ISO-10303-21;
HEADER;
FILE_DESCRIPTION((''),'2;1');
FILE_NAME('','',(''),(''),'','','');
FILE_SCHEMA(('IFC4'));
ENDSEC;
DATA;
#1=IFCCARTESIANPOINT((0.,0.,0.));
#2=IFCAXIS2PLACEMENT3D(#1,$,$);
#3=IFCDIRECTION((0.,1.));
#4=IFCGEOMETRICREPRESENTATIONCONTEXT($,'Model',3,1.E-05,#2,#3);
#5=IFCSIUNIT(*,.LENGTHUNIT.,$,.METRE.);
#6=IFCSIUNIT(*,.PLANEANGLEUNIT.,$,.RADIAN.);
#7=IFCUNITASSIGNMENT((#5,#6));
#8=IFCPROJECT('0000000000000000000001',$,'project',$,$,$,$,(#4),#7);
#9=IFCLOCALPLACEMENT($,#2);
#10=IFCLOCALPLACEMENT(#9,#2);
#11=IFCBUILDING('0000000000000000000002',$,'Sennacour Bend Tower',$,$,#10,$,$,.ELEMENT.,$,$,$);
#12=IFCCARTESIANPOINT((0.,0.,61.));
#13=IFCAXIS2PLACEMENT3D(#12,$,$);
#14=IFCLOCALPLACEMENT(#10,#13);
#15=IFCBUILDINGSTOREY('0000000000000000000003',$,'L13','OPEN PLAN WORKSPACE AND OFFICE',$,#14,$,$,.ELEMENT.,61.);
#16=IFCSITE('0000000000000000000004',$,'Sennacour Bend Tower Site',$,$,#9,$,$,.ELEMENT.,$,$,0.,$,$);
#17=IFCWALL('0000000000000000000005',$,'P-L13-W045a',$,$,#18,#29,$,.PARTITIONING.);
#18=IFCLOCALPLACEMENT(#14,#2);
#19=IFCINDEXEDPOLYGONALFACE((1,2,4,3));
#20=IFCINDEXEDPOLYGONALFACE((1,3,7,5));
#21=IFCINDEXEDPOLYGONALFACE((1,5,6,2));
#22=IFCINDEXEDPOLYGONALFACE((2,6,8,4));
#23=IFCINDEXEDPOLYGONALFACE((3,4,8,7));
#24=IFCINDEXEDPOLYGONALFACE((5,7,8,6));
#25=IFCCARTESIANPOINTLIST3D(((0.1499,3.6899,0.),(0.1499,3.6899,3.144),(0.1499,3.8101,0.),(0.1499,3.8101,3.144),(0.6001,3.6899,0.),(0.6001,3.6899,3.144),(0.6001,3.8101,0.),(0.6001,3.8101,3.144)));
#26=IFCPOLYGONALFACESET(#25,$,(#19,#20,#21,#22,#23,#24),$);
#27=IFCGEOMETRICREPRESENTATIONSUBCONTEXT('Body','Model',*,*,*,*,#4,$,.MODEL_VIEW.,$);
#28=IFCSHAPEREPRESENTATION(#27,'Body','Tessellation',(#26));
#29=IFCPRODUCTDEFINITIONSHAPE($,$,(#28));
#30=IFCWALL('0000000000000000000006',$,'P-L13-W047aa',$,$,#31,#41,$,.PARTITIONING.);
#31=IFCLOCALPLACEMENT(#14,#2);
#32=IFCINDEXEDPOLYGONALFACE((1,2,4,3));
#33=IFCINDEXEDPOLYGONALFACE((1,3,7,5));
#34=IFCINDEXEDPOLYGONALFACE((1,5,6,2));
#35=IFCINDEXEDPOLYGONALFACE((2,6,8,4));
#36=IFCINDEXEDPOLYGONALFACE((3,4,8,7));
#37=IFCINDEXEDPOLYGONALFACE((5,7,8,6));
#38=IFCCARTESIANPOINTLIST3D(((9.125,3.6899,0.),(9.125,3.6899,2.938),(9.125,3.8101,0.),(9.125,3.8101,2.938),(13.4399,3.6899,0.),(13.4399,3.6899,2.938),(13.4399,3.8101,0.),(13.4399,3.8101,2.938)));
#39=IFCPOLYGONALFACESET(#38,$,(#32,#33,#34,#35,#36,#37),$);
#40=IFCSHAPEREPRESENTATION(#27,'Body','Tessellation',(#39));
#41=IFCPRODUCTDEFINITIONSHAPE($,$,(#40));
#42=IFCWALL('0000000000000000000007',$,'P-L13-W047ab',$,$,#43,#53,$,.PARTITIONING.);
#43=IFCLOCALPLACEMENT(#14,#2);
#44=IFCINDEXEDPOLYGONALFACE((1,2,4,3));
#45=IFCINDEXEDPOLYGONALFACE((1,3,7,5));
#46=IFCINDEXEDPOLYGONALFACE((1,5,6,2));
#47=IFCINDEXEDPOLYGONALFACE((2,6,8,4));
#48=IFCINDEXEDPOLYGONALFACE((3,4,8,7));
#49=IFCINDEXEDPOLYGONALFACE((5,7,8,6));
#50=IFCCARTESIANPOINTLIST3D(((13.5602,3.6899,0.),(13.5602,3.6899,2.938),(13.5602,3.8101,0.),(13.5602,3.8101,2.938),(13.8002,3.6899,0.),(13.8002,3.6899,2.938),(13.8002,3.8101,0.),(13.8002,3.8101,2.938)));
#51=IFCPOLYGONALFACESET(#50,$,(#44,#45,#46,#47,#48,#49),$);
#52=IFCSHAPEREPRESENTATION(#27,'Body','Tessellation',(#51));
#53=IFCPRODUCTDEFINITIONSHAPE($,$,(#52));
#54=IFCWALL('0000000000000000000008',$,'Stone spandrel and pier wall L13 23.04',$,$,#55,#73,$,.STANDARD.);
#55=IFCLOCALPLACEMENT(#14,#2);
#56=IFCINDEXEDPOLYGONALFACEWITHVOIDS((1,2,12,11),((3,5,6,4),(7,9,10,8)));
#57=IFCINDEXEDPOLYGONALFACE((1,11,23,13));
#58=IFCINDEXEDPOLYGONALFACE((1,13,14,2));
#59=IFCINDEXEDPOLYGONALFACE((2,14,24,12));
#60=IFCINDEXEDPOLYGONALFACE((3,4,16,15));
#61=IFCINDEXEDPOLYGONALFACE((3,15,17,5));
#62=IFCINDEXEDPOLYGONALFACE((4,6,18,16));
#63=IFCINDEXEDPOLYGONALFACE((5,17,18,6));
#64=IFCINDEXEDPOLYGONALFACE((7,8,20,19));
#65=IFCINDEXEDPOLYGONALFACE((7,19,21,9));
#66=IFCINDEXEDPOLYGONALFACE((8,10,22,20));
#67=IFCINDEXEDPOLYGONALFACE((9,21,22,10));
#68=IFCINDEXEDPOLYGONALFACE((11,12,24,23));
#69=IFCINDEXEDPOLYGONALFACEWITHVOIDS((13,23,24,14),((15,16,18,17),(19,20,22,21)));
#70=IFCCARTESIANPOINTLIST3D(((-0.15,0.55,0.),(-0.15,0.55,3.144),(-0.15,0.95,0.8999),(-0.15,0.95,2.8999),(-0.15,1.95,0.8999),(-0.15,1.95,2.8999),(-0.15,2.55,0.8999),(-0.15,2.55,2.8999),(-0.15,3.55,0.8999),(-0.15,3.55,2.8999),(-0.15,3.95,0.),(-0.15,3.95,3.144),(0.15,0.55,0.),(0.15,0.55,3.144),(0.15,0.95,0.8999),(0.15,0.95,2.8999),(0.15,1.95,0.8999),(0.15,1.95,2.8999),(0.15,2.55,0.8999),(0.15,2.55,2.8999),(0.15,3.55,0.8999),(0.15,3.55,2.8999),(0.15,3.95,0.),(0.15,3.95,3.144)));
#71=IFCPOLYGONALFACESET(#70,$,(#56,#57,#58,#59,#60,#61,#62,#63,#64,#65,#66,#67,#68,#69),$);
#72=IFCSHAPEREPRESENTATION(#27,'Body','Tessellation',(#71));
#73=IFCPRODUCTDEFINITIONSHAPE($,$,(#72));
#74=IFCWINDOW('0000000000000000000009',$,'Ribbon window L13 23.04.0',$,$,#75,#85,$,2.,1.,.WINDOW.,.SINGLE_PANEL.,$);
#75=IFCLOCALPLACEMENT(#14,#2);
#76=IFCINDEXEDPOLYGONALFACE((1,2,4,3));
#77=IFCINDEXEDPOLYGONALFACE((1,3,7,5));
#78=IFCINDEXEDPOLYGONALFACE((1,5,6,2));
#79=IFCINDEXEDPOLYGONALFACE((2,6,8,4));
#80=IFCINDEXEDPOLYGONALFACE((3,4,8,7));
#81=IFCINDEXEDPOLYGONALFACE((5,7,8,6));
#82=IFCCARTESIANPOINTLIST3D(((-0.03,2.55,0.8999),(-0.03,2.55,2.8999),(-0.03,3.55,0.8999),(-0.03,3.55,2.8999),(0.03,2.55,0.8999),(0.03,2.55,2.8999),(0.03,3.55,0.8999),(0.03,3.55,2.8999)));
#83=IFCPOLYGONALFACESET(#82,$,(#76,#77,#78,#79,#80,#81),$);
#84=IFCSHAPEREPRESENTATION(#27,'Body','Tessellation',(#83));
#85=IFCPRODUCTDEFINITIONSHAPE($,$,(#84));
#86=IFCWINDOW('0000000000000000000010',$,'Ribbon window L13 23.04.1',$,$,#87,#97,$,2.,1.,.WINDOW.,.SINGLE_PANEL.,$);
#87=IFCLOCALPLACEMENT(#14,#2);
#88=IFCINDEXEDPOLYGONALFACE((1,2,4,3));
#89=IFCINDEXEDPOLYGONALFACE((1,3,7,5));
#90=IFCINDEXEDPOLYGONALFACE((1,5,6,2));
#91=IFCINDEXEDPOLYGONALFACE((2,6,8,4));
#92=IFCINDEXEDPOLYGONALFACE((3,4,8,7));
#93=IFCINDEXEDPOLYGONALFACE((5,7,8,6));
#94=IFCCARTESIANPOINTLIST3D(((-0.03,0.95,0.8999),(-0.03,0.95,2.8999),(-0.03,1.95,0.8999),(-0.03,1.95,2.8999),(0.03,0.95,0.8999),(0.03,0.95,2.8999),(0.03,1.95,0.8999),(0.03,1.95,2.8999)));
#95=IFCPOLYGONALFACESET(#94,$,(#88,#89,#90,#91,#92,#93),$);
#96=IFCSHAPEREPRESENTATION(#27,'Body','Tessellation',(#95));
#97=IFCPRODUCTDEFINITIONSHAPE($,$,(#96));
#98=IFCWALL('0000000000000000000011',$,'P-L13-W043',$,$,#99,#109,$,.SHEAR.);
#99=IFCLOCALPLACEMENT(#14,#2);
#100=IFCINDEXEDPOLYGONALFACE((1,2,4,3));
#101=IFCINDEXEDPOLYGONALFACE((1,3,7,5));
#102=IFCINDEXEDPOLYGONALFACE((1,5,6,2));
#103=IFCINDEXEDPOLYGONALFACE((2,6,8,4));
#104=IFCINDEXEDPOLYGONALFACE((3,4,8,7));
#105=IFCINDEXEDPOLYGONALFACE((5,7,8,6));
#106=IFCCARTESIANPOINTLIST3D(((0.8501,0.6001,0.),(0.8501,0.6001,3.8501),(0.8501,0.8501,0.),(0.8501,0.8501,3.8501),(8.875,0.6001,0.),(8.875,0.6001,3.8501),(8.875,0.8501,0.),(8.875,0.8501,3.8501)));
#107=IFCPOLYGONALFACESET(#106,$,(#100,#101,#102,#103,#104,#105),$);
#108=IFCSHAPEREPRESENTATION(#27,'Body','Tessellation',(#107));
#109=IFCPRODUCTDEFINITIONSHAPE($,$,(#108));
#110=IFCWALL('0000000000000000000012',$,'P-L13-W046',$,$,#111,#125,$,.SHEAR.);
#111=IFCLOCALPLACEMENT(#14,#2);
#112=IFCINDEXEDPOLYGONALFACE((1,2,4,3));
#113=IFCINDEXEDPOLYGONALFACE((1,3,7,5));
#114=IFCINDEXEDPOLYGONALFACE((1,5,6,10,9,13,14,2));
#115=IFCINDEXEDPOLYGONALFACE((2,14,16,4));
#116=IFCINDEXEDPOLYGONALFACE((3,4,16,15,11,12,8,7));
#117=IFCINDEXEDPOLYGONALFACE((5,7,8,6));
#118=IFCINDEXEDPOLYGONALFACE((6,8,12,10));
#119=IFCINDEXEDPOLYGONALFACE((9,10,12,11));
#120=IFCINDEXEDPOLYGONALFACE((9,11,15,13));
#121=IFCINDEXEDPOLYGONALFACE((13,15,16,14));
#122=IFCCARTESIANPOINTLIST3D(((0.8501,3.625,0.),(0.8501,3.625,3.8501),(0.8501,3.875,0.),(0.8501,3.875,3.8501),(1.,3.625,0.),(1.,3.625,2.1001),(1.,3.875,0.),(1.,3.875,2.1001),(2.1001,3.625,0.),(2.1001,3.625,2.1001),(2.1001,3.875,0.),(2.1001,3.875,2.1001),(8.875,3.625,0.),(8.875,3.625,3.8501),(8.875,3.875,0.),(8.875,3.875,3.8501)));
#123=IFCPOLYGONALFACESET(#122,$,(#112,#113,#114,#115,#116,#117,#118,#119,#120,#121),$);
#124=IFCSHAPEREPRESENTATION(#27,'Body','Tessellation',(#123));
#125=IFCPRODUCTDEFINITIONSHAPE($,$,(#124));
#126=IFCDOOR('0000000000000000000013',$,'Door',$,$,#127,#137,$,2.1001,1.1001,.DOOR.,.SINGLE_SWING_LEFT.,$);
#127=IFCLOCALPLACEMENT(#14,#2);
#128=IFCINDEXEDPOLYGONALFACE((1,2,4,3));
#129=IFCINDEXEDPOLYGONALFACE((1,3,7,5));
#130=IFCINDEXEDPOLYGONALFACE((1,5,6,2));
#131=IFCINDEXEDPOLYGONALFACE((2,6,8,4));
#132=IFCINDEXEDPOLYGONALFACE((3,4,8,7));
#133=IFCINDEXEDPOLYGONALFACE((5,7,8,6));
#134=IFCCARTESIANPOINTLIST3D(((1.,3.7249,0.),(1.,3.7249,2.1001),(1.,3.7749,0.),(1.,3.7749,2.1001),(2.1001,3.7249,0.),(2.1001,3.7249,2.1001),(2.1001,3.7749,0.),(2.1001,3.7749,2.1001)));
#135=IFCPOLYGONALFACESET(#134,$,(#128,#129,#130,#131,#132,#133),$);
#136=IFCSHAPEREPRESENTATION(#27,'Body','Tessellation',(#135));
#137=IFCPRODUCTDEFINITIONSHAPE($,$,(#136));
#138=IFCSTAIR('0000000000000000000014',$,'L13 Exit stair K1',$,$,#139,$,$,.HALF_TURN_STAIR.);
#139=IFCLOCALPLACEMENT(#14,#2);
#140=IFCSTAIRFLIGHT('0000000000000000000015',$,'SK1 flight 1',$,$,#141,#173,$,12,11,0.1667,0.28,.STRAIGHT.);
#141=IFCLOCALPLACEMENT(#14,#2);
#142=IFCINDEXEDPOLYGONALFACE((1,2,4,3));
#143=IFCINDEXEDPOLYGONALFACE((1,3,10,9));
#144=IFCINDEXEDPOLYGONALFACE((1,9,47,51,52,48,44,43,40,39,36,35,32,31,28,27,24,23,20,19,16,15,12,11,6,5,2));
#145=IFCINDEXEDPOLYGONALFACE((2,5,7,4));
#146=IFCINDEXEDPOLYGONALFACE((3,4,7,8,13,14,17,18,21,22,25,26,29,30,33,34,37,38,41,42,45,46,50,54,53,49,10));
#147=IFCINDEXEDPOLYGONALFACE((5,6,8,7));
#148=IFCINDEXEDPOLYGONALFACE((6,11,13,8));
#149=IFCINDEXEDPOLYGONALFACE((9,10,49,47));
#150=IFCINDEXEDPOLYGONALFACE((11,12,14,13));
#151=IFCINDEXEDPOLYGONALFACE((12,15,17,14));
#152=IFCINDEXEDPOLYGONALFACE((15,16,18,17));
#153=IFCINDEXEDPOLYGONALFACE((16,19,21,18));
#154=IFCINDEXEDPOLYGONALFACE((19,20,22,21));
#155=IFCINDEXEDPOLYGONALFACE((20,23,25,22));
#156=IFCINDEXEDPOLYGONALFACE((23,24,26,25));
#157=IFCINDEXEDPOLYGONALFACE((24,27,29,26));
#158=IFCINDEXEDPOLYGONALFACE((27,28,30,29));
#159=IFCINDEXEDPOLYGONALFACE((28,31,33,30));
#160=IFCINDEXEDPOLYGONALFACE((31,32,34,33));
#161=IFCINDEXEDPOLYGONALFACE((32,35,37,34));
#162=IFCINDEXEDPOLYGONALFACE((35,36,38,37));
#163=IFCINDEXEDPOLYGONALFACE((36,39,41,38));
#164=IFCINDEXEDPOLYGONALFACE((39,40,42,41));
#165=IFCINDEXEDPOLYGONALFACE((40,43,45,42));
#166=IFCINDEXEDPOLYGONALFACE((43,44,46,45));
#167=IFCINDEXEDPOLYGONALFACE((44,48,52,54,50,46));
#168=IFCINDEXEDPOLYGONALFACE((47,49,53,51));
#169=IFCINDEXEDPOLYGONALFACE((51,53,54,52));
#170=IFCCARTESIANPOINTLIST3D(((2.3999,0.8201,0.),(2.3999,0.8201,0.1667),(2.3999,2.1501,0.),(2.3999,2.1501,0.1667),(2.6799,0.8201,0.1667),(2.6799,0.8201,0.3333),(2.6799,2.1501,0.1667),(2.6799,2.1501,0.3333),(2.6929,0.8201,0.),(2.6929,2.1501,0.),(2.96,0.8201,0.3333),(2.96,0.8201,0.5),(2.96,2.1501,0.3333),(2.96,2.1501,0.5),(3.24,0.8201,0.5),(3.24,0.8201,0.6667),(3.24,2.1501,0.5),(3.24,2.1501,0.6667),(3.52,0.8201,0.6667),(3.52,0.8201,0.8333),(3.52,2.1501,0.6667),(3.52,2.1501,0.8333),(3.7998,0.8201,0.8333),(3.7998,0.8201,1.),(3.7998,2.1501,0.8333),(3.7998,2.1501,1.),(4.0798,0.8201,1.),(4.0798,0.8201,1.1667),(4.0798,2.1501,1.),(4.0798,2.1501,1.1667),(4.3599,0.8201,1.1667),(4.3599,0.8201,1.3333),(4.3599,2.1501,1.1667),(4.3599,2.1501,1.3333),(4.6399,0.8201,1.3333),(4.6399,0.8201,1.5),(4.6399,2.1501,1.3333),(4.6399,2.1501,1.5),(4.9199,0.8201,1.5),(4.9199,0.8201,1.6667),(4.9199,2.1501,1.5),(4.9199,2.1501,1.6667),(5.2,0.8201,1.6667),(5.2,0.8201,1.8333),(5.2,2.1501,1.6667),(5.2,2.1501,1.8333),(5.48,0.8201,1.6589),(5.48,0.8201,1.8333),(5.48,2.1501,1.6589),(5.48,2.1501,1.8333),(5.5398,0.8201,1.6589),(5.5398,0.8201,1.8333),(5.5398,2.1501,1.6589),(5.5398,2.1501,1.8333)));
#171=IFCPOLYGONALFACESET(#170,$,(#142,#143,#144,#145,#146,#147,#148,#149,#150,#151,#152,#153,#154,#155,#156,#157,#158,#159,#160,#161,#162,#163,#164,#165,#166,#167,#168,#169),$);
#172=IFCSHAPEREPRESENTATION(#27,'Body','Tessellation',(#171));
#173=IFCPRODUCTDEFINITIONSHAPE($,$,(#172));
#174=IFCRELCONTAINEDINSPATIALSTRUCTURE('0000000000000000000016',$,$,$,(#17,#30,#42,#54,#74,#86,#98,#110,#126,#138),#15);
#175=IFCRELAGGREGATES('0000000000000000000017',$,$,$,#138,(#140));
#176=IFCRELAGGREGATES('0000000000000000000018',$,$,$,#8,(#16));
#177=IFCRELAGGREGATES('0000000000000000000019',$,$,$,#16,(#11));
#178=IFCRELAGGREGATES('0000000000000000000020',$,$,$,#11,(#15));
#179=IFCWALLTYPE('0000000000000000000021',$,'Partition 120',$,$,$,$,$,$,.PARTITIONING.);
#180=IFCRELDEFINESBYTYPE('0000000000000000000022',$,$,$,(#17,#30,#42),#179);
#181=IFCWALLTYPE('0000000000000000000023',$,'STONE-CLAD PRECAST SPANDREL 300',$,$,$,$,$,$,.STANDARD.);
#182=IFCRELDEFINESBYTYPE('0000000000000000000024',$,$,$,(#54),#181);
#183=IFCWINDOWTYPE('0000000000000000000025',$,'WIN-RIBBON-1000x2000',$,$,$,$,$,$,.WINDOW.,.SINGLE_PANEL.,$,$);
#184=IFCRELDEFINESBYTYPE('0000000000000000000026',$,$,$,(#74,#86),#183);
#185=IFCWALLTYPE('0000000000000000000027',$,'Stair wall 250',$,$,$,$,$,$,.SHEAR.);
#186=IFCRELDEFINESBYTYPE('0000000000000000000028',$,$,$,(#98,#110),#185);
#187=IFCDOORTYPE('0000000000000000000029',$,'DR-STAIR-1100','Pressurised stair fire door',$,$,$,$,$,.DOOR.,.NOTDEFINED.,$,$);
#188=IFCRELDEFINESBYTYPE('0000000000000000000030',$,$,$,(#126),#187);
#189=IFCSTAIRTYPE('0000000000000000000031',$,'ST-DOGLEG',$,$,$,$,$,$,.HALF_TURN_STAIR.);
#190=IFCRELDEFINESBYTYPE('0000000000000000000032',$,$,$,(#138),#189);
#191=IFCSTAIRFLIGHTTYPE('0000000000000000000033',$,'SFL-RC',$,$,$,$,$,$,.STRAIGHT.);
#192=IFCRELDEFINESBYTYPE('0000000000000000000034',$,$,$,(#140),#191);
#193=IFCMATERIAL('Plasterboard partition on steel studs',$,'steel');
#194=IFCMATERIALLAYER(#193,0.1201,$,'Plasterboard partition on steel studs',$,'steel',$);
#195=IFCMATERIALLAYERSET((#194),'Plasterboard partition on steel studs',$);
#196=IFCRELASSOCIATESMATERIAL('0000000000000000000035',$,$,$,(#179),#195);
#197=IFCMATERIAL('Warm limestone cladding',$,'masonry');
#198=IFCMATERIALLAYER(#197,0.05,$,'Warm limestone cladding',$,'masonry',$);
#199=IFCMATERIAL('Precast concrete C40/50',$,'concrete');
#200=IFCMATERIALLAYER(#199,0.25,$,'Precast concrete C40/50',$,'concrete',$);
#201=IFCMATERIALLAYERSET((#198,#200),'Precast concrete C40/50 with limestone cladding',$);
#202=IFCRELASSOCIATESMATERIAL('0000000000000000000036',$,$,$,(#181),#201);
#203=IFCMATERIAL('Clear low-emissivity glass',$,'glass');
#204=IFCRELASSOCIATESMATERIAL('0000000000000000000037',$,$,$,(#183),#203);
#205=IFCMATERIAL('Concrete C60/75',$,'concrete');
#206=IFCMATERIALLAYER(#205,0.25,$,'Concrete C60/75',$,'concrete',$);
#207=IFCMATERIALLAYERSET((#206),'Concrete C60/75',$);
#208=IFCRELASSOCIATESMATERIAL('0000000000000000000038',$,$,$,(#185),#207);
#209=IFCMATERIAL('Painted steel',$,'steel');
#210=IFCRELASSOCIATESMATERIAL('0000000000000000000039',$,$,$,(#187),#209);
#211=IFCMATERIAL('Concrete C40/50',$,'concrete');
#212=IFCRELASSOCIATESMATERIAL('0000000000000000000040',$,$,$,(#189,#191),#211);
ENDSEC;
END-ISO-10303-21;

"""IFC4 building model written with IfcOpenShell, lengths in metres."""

from ifc_helpers import new_model, si_unit, direction, frame, frame_2d, origin, place, context, subcontext, project, spatial, polyline, rectangle, outline, extrude, material, layer, layer_set, type_object, element, fill, aggregate, save


model = new_model("IFC4")

# Units and contexts
model_context = context("Model", 3, precision=1e-05, world=origin(), true_north=direction((0.0, 1.0)))
body_context = subcontext(model_context, "Body", "Model", "MODEL_VIEW")
ifc_project = project(units=[si_unit("LENGTHUNIT", "METRE"), si_unit("PLANEANGLEUNIT", "RADIAN")], contexts=[model_context])

# Site, building, storey
site_placement = place(None, origin())
site = spatial("IfcSite", under=ifc_project, at=site_placement, Name="Sennacour Bend Tower Site", CompositionType="ELEMENT", RefElevation=0.0)
building_placement = place(site_placement, origin())
building = spatial("IfcBuilding", under=site, at=building_placement, Name="Sennacour Bend Tower", CompositionType="ELEMENT")
storey_placement = place(building_placement, frame((0.0, 0.0, 61.0)))
storey = spatial("IfcBuildingStorey", under=building, at=storey_placement, Name="L13", Description="OPEN PLAN WORKSPACE AND OFFICE", CompositionType="ELEMENT", Elevation=61.0)

# Walls
ifc_material_1 = material(Name="Plasterboard partition on steel studs", Category="steel")
ifc_layer_1 = layer(ifc_material_1, 0.1201, Name="Plasterboard partition on steel studs", Category="steel")
ifc_layer_set_1 = layer_set([ifc_layer_1], Name="Plasterboard partition on steel studs")
wall_type_1 = type_object("IfcWallType", Name="Partition 120", PredefinedType="PARTITIONING", material=ifc_layer_set_1)
wall_1_placement = place(storey_placement, frame((0.1499, 3.75, 0.0), z_axis=(0.0, 0.0, 1.0), x_axis=(1.0, 0.0, 0.0)))
element("IfcWall", 1, at=wall_1_placement, inside=storey, type_object=wall_type_1, Name="P-L13-W045a", PredefinedType="PARTITIONING", context=body_context, shape_type="SweptSolid", body=[
    extrude(rectangle(XDim=0.4502, YDim=0.1201, at=frame_2d((0.2251, 0.0))), origin(), (0.0, 0.0, 1.0), 3.144),
])
wall_2_placement = place(storey_placement, frame((9.125, 3.75, 0.0), z_axis=(0.0, 0.0, 1.0), x_axis=(1.0, 0.0, 0.0)))
element("IfcWall", 2, at=wall_2_placement, inside=storey, type_object=wall_type_1, Name="P-L13-W047aa", PredefinedType="PARTITIONING", context=body_context, shape_type="SweptSolid", body=[
    extrude(rectangle(XDim=4.3149, YDim=0.1201, at=frame_2d((2.1575, 0.0))), origin(), (0.0, 0.0, 1.0), 2.938),
])
wall_3_placement = place(storey_placement, frame((13.5601, 3.75, 0.0), z_axis=(0.0, 0.0, 1.0), x_axis=(1.0, 0.0, 0.0)))
element("IfcWall", 3, at=wall_3_placement, inside=storey, type_object=wall_type_1, Name="P-L13-W047ab", PredefinedType="PARTITIONING", context=body_context, shape_type="SweptSolid", body=[
    extrude(rectangle(XDim=0.24, YDim=0.1201, at=frame_2d((0.1201, 0.0))), origin(), (0.0, 0.0, 1.0), 2.938),
])

# Wall, openings, windows
ifc_material_2 = material(Name="Warm limestone cladding", Category="masonry")
ifc_layer_2 = layer(ifc_material_2, 0.05, Name="Warm limestone cladding", Category="masonry")
ifc_material_3 = material(Name="Precast concrete C40/50", Category="concrete")
ifc_layer_3 = layer(ifc_material_3, 0.25, Name="Precast concrete C40/50", Category="concrete")
ifc_layer_set_2 = layer_set([ifc_layer_2, ifc_layer_3], Name="Precast concrete C40/50 with limestone cladding")
wall_type_2 = type_object("IfcWallType", Name="STONE-CLAD PRECAST SPANDREL 300", PredefinedType="STANDARD", material=ifc_layer_set_2)
wall_4_placement = place(storey_placement, frame((0.0, 3.95, 0.0), z_axis=(0.0, 0.0, 1.0), x_axis=(0.0, -1.0, 0.0)))
wall_4 = element("IfcWall", 4, at=wall_4_placement, inside=storey, type_object=wall_type_2, Name="Stone spandrel and pier wall L13 23.04", PredefinedType="STANDARD", context=body_context, shape_type="SweptSolid", body=[
    extrude(rectangle(XDim=3.3999, YDim=0.3, at=frame_2d((1.7, 0.0))), origin(), (0.0, 0.0, 1.0), 3.144),
])
opening_1_placement = place(wall_4_placement, frame((0.3999, 0.0, 0.8999)))
opening_1 = element("IfcOpeningElement", 5, at=opening_1_placement, cuts=wall_4, PredefinedType="OPENING", context=body_context, shape_type="SweptSolid", body=[
    extrude(rectangle(XDim=1.0, YDim=2.0, at=frame_2d((0.5, 1.0))), frame((0.0, 0.1602, 0.0), z_axis=(0.0, -1.0, 0.0), x_axis=(1.0, 0.0, 0.0)), (0.0, 0.0, 1.0), 0.3201),
])
opening_2_placement = place(wall_4_placement, frame((2.0, 0.0, 0.8999)))
opening_2 = element("IfcOpeningElement", 6, at=opening_2_placement, cuts=wall_4, PredefinedType="OPENING", context=body_context, shape_type="SweptSolid", body=[
    extrude(rectangle(XDim=1.0, YDim=2.0, at=frame_2d((0.5, 1.0))), frame((0.0, 0.1602, 0.0), z_axis=(0.0, -1.0, 0.0), x_axis=(1.0, 0.0, 0.0)), (0.0, 0.0, 1.0), 0.3201),
])
ifc_material_4 = material(Name="Clear low-emissivity glass", Category="glass")
window_type = type_object("IfcWindowType", Name="WIN-RIBBON-1000x2000", PartitioningType="SINGLE_PANEL", PredefinedType="WINDOW", material=ifc_material_4)
window_1_placement = place(opening_1_placement, origin())
window_1 = element("IfcWindow", 7, at=window_1_placement, inside=storey, type_object=window_type, Name="Ribbon window L13 23.04.0", OverallHeight=2.0, OverallWidth=1.0, PartitioningType="SINGLE_PANEL", PredefinedType="WINDOW", context=body_context, shape_type="SweptSolid", body=[
    extrude(rectangle(XDim=1.0, YDim=2.0, at=frame_2d((0.5, 1.0))), frame((0.0, 0.03, 0.0), z_axis=(0.0, -1.0, 0.0), x_axis=(1.0, 0.0, 0.0)), (0.0, 0.0, 1.0), 0.0601),
])
fill(opening_1, window_1)
window_2_placement = place(opening_2_placement, origin())
window_2 = element("IfcWindow", 8, at=window_2_placement, inside=storey, type_object=window_type, Name="Ribbon window L13 23.04.1", OverallHeight=2.0, OverallWidth=1.0, PartitioningType="SINGLE_PANEL", PredefinedType="WINDOW", context=body_context, shape_type="SweptSolid", body=[
    extrude(rectangle(XDim=1.0, YDim=2.0, at=frame_2d((0.5, 1.0))), frame((0.0, 0.03, 0.0), z_axis=(0.0, -1.0, 0.0), x_axis=(1.0, 0.0, 0.0)), (0.0, 0.0, 1.0), 0.0601),
])
fill(opening_2, window_2)

# Wall
ifc_material_5 = material(Name="Concrete C60/75", Category="concrete")
ifc_layer_4 = layer(ifc_material_5, 0.25, Name="Concrete C60/75", Category="concrete")
ifc_layer_set_3 = layer_set([ifc_layer_4], Name="Concrete C60/75")
wall_type_3 = type_object("IfcWallType", Name="Stair wall 250", PredefinedType="SHEAR", material=ifc_layer_set_3)
wall_5_placement = place(storey_placement, frame((0.8501, 0.7251, 0.0), z_axis=(0.0, 0.0, 1.0), x_axis=(1.0, 0.0, 0.0)))
element("IfcWall", 9, at=wall_5_placement, inside=storey, type_object=wall_type_3, Name="P-L13-W043", PredefinedType="SHEAR", context=body_context, shape_type="SweptSolid", body=[
    extrude(rectangle(XDim=8.0249, YDim=0.25, at=frame_2d((4.0125, 0.0))), origin(), (0.0, 0.0, 1.0), 3.8501),
])

# Wall, opening, door
wall_6_placement = place(storey_placement, frame((0.8501, 3.75, 0.0), z_axis=(0.0, 0.0, 1.0), x_axis=(1.0, 0.0, 0.0)))
wall_6 = element("IfcWall", 10, at=wall_6_placement, inside=storey, type_object=wall_type_3, Name="P-L13-W046", PredefinedType="SHEAR", context=body_context, shape_type="SweptSolid", body=[
    extrude(rectangle(XDim=8.0249, YDim=0.25, at=frame_2d((4.0125, 0.0))), origin(), (0.0, 0.0, 1.0), 3.8501),
])
opening_3_placement = place(wall_6_placement, frame((0.1499, 0.0, 0.0)))
opening_3 = element("IfcOpeningElement", 11, at=opening_3_placement, cuts=wall_6, PredefinedType="OPENING", context=body_context, shape_type="SweptSolid", body=[
    extrude(rectangle(XDim=1.1001, YDim=2.1001, at=frame_2d((0.55, 1.05))), frame((0.0, 0.135, 0.0), z_axis=(0.0, -1.0, 0.0), x_axis=(1.0, 0.0, 0.0)), (0.0, 0.0, 1.0), 0.27),
])
ifc_material_6 = material(Name="Painted steel", Category="steel")
door_type = type_object("IfcDoorType", Name="DR-STAIR-1100", Description="Pressurised stair fire door", OperationType="NOTDEFINED", PredefinedType="DOOR", material=ifc_material_6)
door_placement = place(opening_3_placement, origin())
door = element("IfcDoor", 12, at=door_placement, inside=storey, type_object=door_type, Name="Door", OperationType="SINGLE_SWING_LEFT", OverallHeight=2.1001, OverallWidth=1.1001, PredefinedType="DOOR", context=body_context, shape_type="SweptSolid", body=[
    extrude(rectangle(XDim=1.1001, YDim=2.1001, at=frame_2d((0.55, 1.05))), frame((0.0, 0.0249, 0.0), z_axis=(0.0, -1.0, 0.0), x_axis=(1.0, 0.0, 0.0)), (0.0, 0.0, 1.0), 0.05),
])
fill(opening_3, door)

# Stair, stair flight
ifc_material_7 = material(Name="Concrete C40/50", Category="concrete")
stair_type = type_object("IfcStairType", Name="ST-DOGLEG", PredefinedType="HALF_TURN_STAIR", material=ifc_material_7)
stair_placement = place(storey_placement, origin())
stair = element("IfcStair", 13, at=stair_placement, inside=storey, type_object=stair_type, Name="L13 Exit stair K1", PredefinedType="HALF_TURN_STAIR")
stair_flight_type = type_object("IfcStairFlightType", Name="SFL-RC", PredefinedType="STRAIGHT", material=ifc_material_7)
stair_flight_1_placement = place(storey_placement, frame((2.3999, 1.4851, 0.0), z_axis=(0.0, 0.0, 1.0), x_axis=(1.0, 0.0, 0.0)))
stair_flight_1 = element("IfcStairFlight", 14, at=stair_flight_1_placement, type_object=stair_flight_type, Name="SK1 flight 1", NumberOfRisers=12, NumberOfTreads=11, PredefinedType="STRAIGHT", RiserHeight=0.1667, TreadLength=0.28, context=body_context, shape_type="SweptSolid", body=[
    extrude(outline(polyline([(0.0, 0.0), (0.0, 0.1667), (0.28, 0.1667), (0.28, 0.3333), (0.5601, 0.3333), (0.5601, 0.5), (0.8401, 0.5), (0.8401, 0.6667), (1.1201, 0.6667), (1.1201, 0.8333), (1.3999, 0.8333), (1.3999, 1.0), (1.6799, 1.0), (1.6799, 1.1667), (1.96, 1.1667), (1.96, 1.3333), (2.24, 1.3333), (2.24, 1.5), (2.52, 1.5), (2.52, 1.6667), (2.8, 1.6667), (2.8, 1.8333), (3.0801, 1.8333), (3.1399, 1.8333), (3.1399, 1.6589), (3.0801, 1.6589), (0.293, 0.0), (0.0, 0.0)])), frame((0.0, 0.665, 0.0), z_axis=(0.0, -1.0, 0.0), x_axis=(1.0, 0.0, 0.0)), (0.0, 0.0, 1.0), 1.3301),
])
aggregate(stair, [stair_flight_1])

save(model, "model.ifc")
